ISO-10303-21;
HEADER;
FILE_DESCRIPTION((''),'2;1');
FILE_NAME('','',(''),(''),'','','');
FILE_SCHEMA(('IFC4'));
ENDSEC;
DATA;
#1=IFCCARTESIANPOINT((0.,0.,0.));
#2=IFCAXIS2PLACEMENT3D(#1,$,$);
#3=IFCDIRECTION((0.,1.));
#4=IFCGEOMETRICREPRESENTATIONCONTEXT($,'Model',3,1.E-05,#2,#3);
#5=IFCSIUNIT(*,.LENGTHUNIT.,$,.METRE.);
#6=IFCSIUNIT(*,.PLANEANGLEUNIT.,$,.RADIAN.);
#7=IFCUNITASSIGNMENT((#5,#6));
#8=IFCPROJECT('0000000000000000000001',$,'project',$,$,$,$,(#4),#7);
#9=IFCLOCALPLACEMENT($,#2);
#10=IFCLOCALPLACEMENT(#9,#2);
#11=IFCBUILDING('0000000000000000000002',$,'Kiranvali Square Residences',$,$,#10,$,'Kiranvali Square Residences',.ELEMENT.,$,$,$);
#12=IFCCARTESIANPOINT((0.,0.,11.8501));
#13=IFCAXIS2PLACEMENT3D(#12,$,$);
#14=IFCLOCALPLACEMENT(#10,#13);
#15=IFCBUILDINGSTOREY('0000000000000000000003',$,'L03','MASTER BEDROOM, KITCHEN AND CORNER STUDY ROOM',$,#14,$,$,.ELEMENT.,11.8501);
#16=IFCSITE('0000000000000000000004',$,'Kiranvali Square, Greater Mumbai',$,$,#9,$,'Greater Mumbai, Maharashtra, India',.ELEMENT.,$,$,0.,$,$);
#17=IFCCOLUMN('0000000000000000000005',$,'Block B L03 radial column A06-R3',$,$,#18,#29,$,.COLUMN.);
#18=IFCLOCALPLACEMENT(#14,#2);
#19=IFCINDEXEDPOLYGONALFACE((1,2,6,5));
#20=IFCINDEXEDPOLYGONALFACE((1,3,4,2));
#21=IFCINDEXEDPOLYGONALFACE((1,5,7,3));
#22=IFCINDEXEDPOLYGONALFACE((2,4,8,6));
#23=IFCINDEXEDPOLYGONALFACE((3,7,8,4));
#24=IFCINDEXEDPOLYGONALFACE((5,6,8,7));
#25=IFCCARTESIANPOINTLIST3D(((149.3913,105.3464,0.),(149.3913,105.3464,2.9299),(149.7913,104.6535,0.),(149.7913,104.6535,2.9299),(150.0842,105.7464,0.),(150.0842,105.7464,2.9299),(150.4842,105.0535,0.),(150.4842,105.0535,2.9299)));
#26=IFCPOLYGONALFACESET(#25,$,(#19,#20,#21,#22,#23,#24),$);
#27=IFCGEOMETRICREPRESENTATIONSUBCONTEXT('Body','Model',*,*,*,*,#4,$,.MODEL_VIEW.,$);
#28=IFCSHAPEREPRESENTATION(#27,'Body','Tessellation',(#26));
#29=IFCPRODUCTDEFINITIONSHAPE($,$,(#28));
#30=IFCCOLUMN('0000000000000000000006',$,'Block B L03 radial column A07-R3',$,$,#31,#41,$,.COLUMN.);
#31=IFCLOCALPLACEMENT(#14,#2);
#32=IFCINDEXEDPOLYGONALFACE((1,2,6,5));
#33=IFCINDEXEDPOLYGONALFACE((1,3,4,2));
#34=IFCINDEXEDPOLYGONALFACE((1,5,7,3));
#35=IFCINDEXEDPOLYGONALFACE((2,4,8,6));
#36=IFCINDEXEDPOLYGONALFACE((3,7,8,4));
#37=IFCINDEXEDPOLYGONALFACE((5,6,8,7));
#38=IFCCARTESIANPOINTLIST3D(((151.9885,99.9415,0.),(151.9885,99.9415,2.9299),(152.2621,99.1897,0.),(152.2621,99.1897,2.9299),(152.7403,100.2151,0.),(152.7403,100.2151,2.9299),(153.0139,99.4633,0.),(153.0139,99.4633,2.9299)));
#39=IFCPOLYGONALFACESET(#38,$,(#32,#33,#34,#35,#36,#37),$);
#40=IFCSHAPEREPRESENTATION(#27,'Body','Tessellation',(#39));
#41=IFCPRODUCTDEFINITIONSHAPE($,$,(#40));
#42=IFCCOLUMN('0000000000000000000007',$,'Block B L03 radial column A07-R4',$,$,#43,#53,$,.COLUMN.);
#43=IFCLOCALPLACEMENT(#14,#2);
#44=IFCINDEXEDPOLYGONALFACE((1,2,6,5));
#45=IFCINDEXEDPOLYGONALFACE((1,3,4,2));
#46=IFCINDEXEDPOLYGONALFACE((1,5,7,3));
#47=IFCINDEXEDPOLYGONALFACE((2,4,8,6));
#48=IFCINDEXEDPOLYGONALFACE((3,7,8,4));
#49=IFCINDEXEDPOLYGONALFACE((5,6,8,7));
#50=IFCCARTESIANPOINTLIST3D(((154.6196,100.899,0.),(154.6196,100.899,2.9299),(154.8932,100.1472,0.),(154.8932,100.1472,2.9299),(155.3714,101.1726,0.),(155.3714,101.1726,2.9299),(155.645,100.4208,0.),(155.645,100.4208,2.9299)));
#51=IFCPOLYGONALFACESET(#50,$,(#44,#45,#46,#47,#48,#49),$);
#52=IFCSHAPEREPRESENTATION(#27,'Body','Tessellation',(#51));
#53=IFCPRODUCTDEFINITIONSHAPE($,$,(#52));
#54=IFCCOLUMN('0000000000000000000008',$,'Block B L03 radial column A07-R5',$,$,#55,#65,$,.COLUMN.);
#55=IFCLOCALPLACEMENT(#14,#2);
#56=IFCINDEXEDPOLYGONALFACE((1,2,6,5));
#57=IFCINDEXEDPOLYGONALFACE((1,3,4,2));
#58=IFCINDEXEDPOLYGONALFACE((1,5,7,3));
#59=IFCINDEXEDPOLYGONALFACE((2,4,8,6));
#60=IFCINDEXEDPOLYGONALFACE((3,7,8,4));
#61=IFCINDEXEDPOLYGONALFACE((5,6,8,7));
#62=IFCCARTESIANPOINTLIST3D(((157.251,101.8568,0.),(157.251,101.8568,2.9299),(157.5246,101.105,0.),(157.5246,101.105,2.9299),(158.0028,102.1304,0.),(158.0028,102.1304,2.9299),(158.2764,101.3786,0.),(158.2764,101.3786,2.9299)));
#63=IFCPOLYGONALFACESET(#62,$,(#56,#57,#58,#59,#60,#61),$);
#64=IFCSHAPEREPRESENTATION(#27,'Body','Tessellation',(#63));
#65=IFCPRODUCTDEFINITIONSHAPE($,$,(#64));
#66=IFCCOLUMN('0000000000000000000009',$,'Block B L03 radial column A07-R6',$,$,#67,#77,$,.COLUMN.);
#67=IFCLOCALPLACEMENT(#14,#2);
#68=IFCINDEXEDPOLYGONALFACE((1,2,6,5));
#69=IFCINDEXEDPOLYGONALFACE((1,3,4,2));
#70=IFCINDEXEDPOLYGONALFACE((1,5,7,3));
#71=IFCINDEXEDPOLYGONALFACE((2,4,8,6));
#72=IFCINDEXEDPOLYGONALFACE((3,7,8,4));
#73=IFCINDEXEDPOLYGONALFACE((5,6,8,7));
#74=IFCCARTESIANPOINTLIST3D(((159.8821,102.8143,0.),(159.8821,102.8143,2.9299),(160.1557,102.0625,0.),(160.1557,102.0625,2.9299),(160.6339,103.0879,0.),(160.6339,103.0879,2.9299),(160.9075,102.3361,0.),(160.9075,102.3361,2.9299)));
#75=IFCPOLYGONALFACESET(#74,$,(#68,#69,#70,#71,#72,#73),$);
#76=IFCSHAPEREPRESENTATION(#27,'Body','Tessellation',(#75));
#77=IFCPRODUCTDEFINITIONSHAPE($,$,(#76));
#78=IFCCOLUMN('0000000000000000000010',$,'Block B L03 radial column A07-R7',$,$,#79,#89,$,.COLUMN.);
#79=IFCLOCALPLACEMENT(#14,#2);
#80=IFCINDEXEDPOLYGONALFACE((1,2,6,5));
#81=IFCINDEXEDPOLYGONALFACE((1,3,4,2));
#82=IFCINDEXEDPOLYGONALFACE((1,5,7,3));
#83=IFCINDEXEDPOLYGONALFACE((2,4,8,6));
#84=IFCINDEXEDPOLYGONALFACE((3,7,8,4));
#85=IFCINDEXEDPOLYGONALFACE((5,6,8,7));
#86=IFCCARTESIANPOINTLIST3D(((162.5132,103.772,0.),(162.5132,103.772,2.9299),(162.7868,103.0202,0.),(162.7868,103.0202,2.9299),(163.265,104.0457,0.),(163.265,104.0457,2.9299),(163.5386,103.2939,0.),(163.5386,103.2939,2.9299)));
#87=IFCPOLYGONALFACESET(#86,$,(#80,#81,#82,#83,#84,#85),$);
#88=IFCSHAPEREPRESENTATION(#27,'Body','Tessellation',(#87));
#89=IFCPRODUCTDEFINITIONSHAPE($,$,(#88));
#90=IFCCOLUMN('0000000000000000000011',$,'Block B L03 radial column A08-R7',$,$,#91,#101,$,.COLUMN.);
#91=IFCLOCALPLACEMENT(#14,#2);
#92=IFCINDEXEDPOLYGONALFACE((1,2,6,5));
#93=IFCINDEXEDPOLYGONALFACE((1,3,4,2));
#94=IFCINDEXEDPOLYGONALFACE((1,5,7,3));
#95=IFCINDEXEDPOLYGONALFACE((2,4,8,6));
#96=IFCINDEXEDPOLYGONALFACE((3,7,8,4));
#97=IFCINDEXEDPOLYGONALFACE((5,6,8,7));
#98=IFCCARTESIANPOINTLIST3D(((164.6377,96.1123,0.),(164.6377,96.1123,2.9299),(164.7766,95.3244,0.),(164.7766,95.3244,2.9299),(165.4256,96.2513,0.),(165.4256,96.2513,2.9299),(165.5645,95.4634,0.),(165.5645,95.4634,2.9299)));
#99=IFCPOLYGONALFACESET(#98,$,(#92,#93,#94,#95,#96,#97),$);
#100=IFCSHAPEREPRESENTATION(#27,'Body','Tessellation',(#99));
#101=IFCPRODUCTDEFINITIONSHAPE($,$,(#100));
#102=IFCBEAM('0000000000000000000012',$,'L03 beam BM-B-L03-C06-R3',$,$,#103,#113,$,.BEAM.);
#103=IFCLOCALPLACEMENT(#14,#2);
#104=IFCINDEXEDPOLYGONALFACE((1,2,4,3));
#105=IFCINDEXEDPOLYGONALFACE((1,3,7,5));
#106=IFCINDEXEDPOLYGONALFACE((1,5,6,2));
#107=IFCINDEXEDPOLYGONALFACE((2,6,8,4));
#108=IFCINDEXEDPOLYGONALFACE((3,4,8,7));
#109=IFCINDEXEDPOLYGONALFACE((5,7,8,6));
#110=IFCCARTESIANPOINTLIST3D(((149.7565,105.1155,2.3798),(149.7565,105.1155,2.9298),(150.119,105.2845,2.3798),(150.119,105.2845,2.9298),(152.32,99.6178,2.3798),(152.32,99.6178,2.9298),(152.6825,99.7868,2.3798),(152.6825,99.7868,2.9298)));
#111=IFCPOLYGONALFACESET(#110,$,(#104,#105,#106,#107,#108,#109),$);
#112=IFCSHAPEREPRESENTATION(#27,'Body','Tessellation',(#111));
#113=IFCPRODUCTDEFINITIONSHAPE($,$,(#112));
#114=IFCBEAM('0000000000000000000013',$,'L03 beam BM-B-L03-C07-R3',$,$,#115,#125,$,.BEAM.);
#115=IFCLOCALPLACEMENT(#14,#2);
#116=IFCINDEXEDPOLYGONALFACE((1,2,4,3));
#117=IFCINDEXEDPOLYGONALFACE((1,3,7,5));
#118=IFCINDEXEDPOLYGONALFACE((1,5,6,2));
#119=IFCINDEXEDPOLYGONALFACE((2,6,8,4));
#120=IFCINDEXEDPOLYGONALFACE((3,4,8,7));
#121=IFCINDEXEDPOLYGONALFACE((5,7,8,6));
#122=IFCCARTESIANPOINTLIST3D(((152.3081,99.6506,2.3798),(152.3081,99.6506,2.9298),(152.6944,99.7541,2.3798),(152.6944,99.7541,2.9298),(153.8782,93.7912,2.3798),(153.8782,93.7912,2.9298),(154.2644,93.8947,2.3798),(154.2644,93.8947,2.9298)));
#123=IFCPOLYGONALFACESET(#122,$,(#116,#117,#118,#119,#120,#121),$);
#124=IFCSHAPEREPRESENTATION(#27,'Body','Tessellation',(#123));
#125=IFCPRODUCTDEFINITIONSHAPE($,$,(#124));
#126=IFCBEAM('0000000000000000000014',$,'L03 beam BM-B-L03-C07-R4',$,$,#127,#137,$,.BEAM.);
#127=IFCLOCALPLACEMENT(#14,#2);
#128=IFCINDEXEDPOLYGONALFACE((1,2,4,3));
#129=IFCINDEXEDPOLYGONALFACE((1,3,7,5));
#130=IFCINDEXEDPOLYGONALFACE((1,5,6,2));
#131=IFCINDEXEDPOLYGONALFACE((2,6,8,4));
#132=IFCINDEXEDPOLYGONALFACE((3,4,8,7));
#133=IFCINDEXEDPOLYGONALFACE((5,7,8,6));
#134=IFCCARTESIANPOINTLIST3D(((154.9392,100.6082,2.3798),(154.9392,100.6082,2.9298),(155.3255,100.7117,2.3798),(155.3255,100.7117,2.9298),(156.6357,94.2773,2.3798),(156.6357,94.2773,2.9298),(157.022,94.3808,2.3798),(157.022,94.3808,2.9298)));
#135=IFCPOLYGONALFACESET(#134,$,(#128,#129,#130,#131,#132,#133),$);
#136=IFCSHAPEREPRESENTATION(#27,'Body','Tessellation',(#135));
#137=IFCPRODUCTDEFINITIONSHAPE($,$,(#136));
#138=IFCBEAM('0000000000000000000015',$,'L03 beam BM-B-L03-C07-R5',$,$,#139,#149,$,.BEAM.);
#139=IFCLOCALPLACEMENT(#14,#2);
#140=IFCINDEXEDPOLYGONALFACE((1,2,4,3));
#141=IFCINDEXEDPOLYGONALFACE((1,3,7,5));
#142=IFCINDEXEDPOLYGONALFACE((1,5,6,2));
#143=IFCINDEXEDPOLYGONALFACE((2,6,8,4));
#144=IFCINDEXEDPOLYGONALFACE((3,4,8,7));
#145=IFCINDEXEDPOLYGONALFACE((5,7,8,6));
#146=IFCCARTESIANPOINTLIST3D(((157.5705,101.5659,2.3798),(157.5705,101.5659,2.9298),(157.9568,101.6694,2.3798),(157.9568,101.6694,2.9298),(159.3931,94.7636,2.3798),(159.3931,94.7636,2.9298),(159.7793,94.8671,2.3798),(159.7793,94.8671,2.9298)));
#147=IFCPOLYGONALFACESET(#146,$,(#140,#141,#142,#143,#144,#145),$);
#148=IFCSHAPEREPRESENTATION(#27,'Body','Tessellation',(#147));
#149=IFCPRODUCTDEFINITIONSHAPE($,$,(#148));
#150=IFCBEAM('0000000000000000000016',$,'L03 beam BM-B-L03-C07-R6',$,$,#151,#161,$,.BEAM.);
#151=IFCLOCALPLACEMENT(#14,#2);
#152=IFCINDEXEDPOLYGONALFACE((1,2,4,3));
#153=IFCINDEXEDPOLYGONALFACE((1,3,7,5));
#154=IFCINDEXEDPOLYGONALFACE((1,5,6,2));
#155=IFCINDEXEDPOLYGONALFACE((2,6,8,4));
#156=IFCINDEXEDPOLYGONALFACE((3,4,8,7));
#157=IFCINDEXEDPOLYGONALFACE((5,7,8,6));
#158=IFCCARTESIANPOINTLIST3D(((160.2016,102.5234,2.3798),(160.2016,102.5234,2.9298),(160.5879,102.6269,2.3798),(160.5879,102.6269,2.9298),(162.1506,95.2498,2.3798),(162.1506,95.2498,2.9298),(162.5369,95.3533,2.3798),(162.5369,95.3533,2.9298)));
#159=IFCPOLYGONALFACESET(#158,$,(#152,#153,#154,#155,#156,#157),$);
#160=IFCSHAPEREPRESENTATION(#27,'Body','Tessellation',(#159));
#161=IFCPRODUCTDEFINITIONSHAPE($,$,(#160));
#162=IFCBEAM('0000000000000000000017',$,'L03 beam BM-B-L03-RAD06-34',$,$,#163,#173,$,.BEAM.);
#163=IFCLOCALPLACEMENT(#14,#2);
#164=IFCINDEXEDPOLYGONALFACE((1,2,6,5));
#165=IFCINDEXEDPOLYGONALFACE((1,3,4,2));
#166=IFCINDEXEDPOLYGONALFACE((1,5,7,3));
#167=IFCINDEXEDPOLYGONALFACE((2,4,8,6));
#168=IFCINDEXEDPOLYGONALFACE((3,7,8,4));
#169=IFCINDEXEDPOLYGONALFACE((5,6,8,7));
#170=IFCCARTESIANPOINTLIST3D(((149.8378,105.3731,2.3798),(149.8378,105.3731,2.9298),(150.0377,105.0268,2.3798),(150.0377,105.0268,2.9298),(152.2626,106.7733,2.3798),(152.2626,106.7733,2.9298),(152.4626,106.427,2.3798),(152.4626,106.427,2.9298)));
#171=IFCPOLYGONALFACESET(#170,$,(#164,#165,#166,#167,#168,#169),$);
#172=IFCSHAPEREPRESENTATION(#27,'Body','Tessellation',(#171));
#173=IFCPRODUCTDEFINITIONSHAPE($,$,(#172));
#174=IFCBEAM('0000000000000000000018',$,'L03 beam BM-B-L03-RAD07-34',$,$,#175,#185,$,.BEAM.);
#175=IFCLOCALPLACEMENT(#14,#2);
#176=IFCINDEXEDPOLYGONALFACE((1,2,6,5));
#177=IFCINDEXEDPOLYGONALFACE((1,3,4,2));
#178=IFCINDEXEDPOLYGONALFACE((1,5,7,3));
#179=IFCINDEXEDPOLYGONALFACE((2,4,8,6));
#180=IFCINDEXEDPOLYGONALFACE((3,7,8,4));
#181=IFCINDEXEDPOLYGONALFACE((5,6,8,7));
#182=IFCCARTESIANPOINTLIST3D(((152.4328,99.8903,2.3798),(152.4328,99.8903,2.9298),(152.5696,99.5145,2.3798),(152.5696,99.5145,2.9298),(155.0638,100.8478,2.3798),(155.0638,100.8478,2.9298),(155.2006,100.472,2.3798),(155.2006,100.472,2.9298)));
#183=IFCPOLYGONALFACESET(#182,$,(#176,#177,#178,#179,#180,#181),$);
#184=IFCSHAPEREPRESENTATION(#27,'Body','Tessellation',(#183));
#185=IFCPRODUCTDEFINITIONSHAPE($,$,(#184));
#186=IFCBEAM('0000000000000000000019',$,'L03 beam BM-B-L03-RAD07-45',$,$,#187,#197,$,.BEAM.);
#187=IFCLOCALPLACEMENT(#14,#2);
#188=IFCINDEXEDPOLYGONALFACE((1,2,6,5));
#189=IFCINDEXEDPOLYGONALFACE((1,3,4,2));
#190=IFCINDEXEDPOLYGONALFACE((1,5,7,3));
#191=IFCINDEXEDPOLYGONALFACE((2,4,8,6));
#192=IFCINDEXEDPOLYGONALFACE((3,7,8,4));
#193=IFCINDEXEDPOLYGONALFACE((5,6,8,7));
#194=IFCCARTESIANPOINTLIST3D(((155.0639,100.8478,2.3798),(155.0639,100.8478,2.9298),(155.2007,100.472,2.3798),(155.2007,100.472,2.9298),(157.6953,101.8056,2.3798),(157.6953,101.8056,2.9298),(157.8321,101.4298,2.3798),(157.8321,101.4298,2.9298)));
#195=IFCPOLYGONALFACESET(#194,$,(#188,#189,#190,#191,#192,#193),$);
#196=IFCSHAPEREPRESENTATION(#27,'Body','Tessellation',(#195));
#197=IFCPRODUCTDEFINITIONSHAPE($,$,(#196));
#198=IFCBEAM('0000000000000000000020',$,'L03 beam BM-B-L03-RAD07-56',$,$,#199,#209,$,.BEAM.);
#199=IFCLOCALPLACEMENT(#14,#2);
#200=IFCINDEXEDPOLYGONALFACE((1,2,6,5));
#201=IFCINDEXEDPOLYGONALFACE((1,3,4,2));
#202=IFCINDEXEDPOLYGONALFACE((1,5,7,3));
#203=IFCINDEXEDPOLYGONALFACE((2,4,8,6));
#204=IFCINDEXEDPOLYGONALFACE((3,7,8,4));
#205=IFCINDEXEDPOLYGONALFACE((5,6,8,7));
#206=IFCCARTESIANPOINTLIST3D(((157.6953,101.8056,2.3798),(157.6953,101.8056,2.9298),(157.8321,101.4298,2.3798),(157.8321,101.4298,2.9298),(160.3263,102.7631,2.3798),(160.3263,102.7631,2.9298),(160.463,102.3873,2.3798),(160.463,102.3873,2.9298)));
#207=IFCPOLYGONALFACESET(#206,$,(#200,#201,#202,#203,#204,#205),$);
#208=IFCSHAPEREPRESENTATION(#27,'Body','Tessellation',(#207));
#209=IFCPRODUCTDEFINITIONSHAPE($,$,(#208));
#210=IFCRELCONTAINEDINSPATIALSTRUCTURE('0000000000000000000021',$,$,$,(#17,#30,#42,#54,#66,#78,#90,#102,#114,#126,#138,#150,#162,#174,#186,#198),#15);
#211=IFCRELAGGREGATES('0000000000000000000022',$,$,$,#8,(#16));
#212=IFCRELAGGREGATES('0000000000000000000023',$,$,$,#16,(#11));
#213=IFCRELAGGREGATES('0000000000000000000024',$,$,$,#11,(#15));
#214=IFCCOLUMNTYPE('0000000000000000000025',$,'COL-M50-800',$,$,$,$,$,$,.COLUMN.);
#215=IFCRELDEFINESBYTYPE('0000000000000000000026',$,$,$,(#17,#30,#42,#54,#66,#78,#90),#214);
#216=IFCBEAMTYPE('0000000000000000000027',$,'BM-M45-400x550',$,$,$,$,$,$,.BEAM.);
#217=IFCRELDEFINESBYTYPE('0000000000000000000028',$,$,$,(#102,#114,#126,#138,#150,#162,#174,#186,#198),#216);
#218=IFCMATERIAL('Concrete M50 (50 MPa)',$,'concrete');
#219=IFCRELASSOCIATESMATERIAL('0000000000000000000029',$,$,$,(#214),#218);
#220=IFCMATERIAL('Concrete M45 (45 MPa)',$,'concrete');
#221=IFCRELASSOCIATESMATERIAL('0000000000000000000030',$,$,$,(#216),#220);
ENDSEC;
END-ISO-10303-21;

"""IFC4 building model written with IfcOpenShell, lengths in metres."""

from ifc_helpers import new_model, si_unit, direction, frame, origin, origin_2d, place, context, subcontext, project, spatial, rectangle, extrude, material, material_profile, profile_set, type_object, element, save


model = new_model("IFC4")

# Units and contexts
model_context = context("Model", 3, precision=1e-05, world=origin(), true_north=direction((0.0, 1.0)))
body_context = subcontext(model_context, "Body", "Model", "MODEL_VIEW")
ifc_project = project(units=[si_unit("LENGTHUNIT", "METRE"), si_unit("PLANEANGLEUNIT", "RADIAN")], contexts=[model_context])

# Site, building, storey
site_placement = place(None, origin())
site = spatial("IfcSite", under=ifc_project, at=site_placement, Name="Kiranvali Square, Greater Mumbai", LongName="Greater Mumbai, Maharashtra, India", CompositionType="ELEMENT", RefElevation=0.0)
building_placement = place(site_placement, origin())
building = spatial("IfcBuilding", under=site, at=building_placement, Name="Kiranvali Square Residences", LongName="Kiranvali Square Residences", CompositionType="ELEMENT")
storey_placement = place(building_placement, frame((0.0, 0.0, 11.8501)))
storey = spatial("IfcBuildingStorey", under=building, at=storey_placement, Name="L03", Description="MASTER BEDROOM, KITCHEN AND CORNER STUDY ROOM", CompositionType="ELEMENT", Elevation=11.8501)

# Columns
ifc_material_1 = material(Name="Concrete M50 (50 MPa)", Category="concrete")
ifc_material_profile_1 = material_profile(ifc_material_1, rectangle(XDim=0.8, YDim=0.8, at=origin_2d()), Name="RC 800x800")
ifc_profile_set_1 = profile_set([ifc_material_profile_1], Name="Concrete M50 (50 MPa)")
column_type = type_object("IfcColumnType", Name="COL-M50-800", PredefinedType="COLUMN", material=ifc_profile_set_1)
for number, where, z_axis, x_axis, name in (
    (1, (149.9377, 105.2, 0.0), (0.0, 0.0, 1.0), (-0.5, 0.866025, 0.0), "Block B L03 radial column A06-R3"),
    (2, (152.5012, 99.7024, 0.0), (0.0, 0.0, 1.0), (-0.34202, 0.939693, 0.0), "Block B L03 radial column A07-R3"),
    (3, (155.1323, 100.6599, 0.0), (0.0, 0.0, 1.0), (-0.34202, 0.939693, 0.0), "Block B L03 radial column A07-R4"),
    (4, (157.7637, 101.6177, 0.0), (0.0, 0.0, 1.0), (-0.34202, 0.939693, 0.0), "Block B L03 radial column A07-R5"),
    (5, (160.3948, 102.5752, 0.0), (0.0, 0.0, 1.0), (-0.34202, 0.939693, 0.0), "Block B L03 radial column A07-R6"),
    (6, (163.0259, 103.533, 0.0), (0.0, 0.0, 1.0), (-0.34202, 0.939693, 0.0), "Block B L03 radial column A07-R7"),
    (7, (165.1011, 95.7878, 0.0), (0.0, 0.0, 1.0), (-0.173648, 0.984808, 0.0), "Block B L03 radial column A08-R7"),
):
    element("IfcColumn", number, at=place(storey_placement, frame(where, z_axis=z_axis, x_axis=x_axis)), inside=storey, type_object=column_type, Name=name, PredefinedType="COLUMN", context=body_context, shape_type="SweptSolid", body=[
        extrude(rectangle(XDim=0.8, YDim=0.8, at=origin_2d()), origin(), (0.0, 0.0, 1.0), 2.9299),
    ])

# Beams
ifc_material_2 = material(Name="Concrete M45 (45 MPa)", Category="concrete")
ifc_material_profile_2 = material_profile(ifc_material_2, rectangle(XDim=0.3999, YDim=0.55, at=origin_2d()), Name="RC 400x550")
ifc_profile_set_2 = profile_set([ifc_material_profile_2], Name="Concrete M45 (45 MPa)")
beam_type_1 = type_object("IfcBeamType", Name="BM-M45-400x550", PredefinedType="BEAM", material=ifc_profile_set_2)
beam_1_placement = place(storey_placement, frame((149.9377, 105.2, 2.6548), z_axis=(0.422608, -0.906313, 0.0), x_axis=(0.906313, 0.422608, 0.0)))
element("IfcBeam", 8, at=beam_1_placement, inside=storey, type_object=beam_type_1, Name="L03 beam BM-B-L03-C06-R3", PredefinedType="BEAM", context=body_context, shape_type="SweptSolid", body=[
    extrude(rectangle(XDim=0.3999, YDim=0.55, at=origin_2d()), origin(), (0.0, 0.0, 1.0), 6.0659),
])
beam_2_placement = place(storey_placement, frame((152.5012, 99.7024, 2.6548), z_axis=(0.258827, -0.965924, 0.0), x_axis=(0.965924, 0.258827, 0.0)))
element("IfcBeam", 9, at=beam_2_placement, inside=storey, type_object=beam_type_1, Name="L03 beam BM-B-L03-C07-R3", PredefinedType="BEAM", context=body_context, shape_type="SweptSolid", body=[
    extrude(rectangle(XDim=0.3999, YDim=0.55, at=origin_2d()), origin(), (0.0, 0.0, 1.0), 6.0662),
])
beam_3_placement = place(storey_placement, frame((155.1323, 100.6599, 2.6548), z_axis=(0.258847, -0.965918, 0.0), x_axis=(0.965918, 0.258847, 0.0)))
element("IfcBeam", 10, at=beam_3_placement, inside=storey, type_object=beam_type_1, Name="L03 beam BM-B-L03-C07-R4", PredefinedType="BEAM", context=body_context, shape_type="SweptSolid", body=[
    extrude(rectangle(XDim=0.3999, YDim=0.55, at=origin_2d()), origin(), (0.0, 0.0, 1.0), 6.5542),
])
beam_4_placement = place(storey_placement, frame((157.7637, 101.6177, 2.6548), z_axis=(0.2588, -0.965931, 0.0), x_axis=(0.965931, 0.2588, 0.0)))
element("IfcBeam", 11, at=beam_4_placement, inside=storey, type_object=beam_type_1, Name="L03 beam BM-B-L03-C07-R5", PredefinedType="BEAM", context=body_context, shape_type="SweptSolid", body=[
    extrude(rectangle(XDim=0.3999, YDim=0.55, at=origin_2d()), origin(), (0.0, 0.0, 1.0), 7.0422),
])
beam_5_placement = place(storey_placement, frame((160.3948, 102.5752, 2.6548), z_axis=(0.258819, -0.965926, 0.0), x_axis=(0.965926, 0.258819, 0.0)))
element("IfcBeam", 12, at=beam_5_placement, inside=storey, type_object=beam_type_1, Name="L03 beam BM-B-L03-C07-R6", PredefinedType="BEAM", context=body_context, shape_type="SweptSolid", body=[
    extrude(rectangle(XDim=0.3999, YDim=0.55, at=origin_2d()), origin(), (0.0, 0.0, 1.0), 7.5303),
])
beam_6_placement = place(storey_placement, frame((149.9377, 105.2, 2.6548), z_axis=(0.865997, 0.50005, 0.0), x_axis=(-0.50005, 0.865997, 0.0)))
element("IfcBeam", 13, at=beam_6_placement, inside=storey, type_object=beam_type_1, Name="L03 beam BM-B-L03-RAD06-34", PredefinedType="BEAM", context=body_context, shape_type="SweptSolid", body=[
    extrude(rectangle(XDim=0.3999, YDim=0.55, at=origin_2d()), origin(), (0.0, 0.0, 1.0), 2.8),
])
beam_7_placement = place(storey_placement, frame((152.5012, 99.7024, 2.6548), z_axis=(0.939707, 0.341981, 0.0), x_axis=(-0.341981, 0.939707, 0.0)))
element("IfcBeam", 14, at=beam_7_placement, inside=storey, type_object=beam_type_1, Name="L03 beam BM-B-L03-RAD07-34", PredefinedType="BEAM", context=body_context, shape_type="SweptSolid", body=[
    extrude(rectangle(XDim=0.3999, YDim=0.55, at=origin_2d()), origin(), (0.0, 0.0, 1.0), 2.7998),
])
beam_8_placement = place(storey_placement, frame((155.1323, 100.6599, 2.6548), z_axis=(0.939689, 0.34203, 0.0), x_axis=(-0.34203, 0.939689, 0.0)))
element("IfcBeam", 15, at=beam_8_placement, inside=storey, type_object=beam_type_1, Name="L03 beam BM-B-L03-RAD07-45", PredefinedType="BEAM", context=body_context, shape_type="SweptSolid", body=[
    extrude(rectangle(XDim=0.3999, YDim=0.55, at=origin_2d()), origin(), (0.0, 0.0, 1.0), 2.8003),
])
beam_9_placement = place(storey_placement, frame((157.7637, 101.6177, 2.6548), z_axis=(0.939707, 0.341981, 0.0), x_axis=(-0.341981, 0.939707, 0.0)))
element("IfcBeam", 16, at=beam_9_placement, inside=storey, type_object=beam_type_1, Name="L03 beam BM-B-L03-RAD07-56", PredefinedType="BEAM", context=body_context, shape_type="SweptSolid", body=[
    extrude(rectangle(XDim=0.3999, YDim=0.55, at=origin_2d()), origin(), (0.0, 0.0, 1.0), 2.7998),
])

save(model, "model.ifc")
